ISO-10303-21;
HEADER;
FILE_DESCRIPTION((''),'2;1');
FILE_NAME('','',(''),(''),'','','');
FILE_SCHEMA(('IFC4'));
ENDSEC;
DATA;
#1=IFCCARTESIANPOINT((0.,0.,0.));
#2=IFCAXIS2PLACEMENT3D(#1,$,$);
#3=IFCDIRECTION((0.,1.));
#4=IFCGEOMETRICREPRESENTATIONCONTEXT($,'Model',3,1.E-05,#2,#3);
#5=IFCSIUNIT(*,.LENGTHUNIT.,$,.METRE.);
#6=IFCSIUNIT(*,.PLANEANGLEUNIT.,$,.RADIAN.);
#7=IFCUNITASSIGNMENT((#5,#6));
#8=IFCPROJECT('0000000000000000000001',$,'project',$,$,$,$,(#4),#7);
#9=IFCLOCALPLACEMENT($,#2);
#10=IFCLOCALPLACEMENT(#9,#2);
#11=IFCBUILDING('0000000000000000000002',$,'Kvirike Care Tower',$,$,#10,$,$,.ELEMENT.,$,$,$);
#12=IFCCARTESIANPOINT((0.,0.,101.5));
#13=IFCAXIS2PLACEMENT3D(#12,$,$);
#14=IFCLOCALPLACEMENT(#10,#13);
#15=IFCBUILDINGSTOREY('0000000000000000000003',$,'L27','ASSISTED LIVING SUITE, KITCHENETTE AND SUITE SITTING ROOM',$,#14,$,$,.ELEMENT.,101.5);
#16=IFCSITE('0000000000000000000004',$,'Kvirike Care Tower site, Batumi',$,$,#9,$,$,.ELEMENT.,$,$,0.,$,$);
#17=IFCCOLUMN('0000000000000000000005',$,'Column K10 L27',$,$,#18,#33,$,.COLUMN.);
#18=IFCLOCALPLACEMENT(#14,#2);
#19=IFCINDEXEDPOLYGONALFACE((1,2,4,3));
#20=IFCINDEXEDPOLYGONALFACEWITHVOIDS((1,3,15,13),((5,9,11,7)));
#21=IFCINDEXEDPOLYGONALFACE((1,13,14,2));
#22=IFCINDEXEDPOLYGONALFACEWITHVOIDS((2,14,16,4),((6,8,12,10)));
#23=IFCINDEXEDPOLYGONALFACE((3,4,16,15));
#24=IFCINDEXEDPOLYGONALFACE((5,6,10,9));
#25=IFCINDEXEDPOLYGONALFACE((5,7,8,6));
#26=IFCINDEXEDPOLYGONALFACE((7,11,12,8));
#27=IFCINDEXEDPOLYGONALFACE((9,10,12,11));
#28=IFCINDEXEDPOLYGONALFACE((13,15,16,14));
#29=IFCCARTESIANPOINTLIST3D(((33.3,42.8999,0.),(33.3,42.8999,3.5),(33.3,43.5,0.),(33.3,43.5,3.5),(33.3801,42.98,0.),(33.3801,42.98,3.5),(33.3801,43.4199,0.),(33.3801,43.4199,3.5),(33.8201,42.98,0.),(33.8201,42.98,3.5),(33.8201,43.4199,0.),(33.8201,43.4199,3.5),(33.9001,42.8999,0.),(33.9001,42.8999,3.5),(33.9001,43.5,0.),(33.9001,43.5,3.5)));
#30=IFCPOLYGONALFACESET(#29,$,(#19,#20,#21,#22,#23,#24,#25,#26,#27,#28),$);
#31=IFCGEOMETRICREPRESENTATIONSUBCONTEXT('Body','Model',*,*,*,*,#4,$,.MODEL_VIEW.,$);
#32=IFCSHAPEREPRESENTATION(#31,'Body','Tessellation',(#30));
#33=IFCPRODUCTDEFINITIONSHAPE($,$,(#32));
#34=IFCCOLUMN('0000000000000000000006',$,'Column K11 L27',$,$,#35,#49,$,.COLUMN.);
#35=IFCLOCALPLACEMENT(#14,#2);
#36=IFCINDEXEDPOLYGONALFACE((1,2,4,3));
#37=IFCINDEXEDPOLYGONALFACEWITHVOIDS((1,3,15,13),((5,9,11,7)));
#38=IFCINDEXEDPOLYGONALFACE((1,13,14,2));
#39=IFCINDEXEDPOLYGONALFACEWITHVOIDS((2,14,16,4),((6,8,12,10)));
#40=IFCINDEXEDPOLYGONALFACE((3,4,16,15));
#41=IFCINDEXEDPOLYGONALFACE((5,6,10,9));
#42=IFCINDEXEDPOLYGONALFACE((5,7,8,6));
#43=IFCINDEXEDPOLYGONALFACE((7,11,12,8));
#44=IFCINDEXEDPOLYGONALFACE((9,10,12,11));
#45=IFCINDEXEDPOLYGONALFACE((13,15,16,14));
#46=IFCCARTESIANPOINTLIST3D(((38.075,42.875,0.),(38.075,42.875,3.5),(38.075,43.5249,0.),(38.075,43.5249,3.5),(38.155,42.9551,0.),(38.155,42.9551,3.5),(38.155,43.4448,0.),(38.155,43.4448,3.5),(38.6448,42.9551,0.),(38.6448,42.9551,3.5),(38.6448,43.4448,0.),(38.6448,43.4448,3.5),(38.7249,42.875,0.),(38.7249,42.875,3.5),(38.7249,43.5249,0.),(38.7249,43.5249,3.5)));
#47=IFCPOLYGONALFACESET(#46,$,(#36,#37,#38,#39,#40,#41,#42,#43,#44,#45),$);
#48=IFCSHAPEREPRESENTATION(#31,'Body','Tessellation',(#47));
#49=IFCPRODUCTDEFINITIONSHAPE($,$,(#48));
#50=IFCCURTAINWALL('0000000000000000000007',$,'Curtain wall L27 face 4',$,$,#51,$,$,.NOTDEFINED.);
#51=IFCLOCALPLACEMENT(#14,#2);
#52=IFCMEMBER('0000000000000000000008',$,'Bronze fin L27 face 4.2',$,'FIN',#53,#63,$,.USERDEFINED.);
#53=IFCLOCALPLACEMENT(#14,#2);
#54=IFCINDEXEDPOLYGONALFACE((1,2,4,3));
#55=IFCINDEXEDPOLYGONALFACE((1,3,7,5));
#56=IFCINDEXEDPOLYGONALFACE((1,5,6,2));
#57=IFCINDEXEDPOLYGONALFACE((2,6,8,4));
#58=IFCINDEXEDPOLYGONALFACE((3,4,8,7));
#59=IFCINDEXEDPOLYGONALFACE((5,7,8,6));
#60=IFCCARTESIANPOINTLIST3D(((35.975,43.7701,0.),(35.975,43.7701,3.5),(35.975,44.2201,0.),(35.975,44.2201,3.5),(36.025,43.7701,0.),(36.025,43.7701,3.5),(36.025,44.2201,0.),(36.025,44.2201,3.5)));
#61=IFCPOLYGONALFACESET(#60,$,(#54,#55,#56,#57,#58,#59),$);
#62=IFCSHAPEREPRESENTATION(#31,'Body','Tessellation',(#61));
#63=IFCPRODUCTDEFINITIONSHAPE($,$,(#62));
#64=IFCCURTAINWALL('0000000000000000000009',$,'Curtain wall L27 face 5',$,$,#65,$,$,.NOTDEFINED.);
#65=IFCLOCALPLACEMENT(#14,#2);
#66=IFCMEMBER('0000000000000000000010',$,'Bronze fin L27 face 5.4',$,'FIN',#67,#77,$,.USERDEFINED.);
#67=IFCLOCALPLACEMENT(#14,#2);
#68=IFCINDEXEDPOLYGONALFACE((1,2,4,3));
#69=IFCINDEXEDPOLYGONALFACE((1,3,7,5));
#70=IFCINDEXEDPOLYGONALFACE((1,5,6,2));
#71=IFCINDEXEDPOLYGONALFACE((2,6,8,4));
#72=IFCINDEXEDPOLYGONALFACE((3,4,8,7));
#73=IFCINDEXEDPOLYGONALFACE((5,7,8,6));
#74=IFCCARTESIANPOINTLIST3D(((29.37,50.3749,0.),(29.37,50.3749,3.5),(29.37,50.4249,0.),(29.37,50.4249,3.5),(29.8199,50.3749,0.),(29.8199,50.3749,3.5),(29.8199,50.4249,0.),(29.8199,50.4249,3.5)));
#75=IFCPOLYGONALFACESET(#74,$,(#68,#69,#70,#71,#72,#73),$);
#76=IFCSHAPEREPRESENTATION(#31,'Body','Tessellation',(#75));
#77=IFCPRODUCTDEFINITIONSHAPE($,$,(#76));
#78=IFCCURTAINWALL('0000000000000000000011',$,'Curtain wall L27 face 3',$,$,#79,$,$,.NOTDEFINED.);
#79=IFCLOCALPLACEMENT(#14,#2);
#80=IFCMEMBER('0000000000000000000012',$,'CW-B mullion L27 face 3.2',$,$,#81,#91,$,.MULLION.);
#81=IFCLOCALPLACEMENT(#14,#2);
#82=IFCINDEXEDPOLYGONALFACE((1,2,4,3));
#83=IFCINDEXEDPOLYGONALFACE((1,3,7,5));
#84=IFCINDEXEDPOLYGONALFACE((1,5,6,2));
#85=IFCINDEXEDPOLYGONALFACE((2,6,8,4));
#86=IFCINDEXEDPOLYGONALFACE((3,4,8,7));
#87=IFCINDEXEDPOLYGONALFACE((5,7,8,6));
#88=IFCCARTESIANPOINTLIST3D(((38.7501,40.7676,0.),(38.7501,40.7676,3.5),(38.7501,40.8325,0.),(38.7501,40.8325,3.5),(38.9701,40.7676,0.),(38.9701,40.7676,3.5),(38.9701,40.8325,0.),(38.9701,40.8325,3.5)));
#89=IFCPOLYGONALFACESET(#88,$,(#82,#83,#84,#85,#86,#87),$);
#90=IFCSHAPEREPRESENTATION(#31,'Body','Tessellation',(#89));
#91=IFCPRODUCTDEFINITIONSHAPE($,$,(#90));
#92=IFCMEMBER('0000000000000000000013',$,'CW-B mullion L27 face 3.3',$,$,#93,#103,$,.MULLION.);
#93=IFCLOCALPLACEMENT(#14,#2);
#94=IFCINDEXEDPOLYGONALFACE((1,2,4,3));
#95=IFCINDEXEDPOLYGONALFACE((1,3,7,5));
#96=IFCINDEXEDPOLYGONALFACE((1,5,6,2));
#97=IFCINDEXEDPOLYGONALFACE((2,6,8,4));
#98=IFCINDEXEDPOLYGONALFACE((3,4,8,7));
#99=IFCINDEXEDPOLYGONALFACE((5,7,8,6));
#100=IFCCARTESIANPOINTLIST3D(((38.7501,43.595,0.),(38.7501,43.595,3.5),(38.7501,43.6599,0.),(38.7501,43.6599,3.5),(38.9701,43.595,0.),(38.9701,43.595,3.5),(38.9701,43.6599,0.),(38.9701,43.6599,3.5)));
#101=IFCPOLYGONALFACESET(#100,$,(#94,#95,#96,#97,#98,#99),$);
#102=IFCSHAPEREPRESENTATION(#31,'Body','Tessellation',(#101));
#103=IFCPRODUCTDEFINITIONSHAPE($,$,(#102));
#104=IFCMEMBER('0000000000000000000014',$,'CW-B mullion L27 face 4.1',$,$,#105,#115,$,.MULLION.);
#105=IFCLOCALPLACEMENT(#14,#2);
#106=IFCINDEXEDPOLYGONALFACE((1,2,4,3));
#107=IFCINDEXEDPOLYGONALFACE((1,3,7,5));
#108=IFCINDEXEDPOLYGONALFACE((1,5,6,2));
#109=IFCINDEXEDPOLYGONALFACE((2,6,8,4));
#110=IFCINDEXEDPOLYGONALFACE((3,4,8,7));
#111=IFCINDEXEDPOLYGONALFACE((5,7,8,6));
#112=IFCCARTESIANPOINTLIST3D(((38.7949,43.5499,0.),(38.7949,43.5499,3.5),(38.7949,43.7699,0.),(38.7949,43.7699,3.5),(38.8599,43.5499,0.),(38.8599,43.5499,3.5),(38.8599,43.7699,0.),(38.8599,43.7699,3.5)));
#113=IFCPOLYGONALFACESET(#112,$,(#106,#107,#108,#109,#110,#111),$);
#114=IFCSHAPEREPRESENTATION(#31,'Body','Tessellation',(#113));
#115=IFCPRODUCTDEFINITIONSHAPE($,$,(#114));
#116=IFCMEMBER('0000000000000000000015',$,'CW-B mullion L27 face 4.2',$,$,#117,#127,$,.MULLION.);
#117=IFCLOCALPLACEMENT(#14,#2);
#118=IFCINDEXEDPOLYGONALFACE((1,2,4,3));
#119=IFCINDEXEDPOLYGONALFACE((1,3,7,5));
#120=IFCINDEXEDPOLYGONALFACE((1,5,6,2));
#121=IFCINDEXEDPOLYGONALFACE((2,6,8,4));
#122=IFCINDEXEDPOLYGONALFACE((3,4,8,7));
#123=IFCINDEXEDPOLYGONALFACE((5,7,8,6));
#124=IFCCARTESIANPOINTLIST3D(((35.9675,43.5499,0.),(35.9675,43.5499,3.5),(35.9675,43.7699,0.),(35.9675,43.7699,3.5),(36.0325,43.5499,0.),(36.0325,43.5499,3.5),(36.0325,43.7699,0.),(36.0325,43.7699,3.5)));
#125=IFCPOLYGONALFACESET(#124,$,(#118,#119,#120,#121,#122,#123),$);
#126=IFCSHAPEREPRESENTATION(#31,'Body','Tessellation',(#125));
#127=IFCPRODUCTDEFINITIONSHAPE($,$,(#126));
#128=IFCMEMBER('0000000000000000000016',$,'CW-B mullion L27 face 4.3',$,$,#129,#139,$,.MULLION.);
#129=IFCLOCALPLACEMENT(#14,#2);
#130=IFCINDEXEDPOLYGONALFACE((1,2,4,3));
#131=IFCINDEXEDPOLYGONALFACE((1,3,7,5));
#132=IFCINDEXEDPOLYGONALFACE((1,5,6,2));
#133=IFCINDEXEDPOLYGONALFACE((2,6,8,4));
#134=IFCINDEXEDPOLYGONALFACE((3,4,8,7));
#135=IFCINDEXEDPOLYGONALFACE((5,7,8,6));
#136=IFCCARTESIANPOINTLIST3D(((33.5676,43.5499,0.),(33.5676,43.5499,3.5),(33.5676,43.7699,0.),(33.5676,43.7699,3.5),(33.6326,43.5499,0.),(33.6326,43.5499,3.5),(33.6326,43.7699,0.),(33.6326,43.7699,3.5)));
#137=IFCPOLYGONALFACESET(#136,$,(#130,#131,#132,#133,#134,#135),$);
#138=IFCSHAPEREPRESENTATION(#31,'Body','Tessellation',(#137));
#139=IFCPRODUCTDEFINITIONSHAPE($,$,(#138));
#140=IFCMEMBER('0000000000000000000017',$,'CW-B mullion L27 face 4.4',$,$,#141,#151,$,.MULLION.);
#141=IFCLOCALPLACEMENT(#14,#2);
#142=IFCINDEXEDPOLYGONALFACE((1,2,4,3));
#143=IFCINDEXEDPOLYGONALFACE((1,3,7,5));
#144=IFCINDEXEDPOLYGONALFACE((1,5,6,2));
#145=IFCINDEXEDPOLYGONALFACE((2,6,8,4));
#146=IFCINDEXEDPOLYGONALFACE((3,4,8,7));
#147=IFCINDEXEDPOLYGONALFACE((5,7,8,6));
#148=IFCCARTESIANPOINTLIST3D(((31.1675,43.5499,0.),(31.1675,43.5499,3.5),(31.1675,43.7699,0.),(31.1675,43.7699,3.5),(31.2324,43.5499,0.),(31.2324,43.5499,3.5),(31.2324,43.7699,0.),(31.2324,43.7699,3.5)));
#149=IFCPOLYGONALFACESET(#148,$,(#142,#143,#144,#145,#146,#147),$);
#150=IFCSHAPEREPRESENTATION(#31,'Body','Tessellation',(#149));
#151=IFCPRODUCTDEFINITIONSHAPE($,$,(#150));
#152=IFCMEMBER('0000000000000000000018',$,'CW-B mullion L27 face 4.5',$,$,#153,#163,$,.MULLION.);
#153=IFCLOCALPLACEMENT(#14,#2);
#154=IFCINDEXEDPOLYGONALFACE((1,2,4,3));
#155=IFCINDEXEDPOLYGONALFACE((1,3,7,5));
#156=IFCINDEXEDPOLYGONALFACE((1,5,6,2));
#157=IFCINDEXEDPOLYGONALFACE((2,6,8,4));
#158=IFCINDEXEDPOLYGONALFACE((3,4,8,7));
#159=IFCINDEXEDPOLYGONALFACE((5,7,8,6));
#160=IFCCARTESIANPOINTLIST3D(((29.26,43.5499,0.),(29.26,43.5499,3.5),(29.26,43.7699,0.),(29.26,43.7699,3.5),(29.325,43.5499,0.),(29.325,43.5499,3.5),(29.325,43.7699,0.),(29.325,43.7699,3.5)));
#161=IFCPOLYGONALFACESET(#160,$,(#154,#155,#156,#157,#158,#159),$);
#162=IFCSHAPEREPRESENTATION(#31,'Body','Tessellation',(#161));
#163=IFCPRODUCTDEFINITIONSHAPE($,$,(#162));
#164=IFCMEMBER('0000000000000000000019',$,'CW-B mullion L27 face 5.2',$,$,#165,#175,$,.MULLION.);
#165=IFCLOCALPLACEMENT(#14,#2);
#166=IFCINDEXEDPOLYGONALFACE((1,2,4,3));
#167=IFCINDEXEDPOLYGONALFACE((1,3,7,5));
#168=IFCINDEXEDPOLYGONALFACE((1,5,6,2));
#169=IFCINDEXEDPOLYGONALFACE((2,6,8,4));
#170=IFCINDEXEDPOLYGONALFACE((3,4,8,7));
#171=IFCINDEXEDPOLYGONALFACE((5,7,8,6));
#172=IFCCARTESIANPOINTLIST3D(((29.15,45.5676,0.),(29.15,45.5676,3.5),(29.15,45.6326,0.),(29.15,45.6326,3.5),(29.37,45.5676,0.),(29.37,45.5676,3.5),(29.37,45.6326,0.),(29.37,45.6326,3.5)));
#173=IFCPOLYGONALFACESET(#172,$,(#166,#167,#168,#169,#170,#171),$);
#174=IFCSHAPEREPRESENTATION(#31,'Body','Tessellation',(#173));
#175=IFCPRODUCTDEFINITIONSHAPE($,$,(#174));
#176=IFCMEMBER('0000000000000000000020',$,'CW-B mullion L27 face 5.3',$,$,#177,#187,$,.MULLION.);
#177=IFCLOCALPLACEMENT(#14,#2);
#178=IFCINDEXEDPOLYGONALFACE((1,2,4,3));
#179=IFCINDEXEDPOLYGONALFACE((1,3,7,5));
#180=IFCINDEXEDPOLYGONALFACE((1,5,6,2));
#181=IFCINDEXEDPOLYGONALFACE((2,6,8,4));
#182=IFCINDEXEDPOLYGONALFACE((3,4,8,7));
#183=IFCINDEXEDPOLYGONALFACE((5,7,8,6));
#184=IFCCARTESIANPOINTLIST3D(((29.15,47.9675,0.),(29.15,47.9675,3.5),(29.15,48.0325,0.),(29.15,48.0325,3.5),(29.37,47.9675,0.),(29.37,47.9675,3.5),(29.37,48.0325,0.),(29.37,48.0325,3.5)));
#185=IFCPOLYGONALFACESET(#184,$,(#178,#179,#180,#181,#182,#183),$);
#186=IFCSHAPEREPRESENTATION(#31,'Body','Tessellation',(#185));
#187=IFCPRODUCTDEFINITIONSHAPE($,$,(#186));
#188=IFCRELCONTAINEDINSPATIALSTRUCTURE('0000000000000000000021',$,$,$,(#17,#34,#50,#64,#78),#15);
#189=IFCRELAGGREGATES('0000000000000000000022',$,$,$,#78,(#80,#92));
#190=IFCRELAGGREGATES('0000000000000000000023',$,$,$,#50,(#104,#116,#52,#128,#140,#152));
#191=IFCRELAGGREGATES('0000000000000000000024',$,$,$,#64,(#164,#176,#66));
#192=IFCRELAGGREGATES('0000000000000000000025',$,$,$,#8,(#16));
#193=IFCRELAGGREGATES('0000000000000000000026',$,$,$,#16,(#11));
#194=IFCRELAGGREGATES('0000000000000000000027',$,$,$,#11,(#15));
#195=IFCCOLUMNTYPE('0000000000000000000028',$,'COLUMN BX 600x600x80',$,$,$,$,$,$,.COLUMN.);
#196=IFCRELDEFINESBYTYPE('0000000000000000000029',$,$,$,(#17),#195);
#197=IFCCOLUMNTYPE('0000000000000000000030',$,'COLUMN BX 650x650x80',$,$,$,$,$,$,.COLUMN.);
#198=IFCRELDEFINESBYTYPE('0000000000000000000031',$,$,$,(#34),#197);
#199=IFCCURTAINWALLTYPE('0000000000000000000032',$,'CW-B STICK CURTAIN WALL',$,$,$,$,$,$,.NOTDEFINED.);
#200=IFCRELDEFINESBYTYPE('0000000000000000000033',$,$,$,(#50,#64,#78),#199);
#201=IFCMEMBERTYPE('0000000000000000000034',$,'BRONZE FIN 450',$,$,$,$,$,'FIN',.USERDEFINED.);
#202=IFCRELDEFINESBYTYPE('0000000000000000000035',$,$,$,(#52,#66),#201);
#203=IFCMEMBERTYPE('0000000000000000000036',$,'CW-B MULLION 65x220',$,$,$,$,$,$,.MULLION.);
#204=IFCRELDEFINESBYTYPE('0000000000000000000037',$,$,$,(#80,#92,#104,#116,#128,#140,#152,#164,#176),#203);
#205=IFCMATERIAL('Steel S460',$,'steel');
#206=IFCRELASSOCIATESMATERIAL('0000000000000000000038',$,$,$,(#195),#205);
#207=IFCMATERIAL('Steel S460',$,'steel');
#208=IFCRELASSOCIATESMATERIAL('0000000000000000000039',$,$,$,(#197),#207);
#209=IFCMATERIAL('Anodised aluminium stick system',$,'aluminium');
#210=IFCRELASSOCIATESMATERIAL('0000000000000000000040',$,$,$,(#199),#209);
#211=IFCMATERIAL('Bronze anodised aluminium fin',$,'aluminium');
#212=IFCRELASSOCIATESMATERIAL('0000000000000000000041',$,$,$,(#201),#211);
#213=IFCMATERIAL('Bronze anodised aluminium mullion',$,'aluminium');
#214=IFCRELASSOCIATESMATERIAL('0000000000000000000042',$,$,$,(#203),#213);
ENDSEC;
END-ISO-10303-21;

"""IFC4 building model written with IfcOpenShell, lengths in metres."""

from ifc_helpers import new_model, si_unit, direction, frame, origin, origin_2d, place, context, subcontext, project, spatial, rectangle, hollow_rectangle, extrude, material, material_profile, profile_set, type_object, element, aggregate, save


model = new_model("IFC4")

# Units and contexts
model_context = context("Model", 3, precision=1e-05, world=origin(), true_north=direction((0.0, 1.0)))
body_context = subcontext(model_context, "Body", "Model", "MODEL_VIEW")
ifc_project = project(units=[si_unit("LENGTHUNIT", "METRE"), si_unit("PLANEANGLEUNIT", "RADIAN")], contexts=[model_context])

# Site, building, storey
site_placement = place(None, origin())
site = spatial("IfcSite", under=ifc_project, at=site_placement, Name="Kvirike Care Tower site, Batumi", CompositionType="ELEMENT", RefElevation=0.0)
building_placement = place(site_placement, origin())
building = spatial("IfcBuilding", under=site, at=building_placement, Name="Kvirike Care Tower", CompositionType="ELEMENT")
storey_placement = place(building_placement, frame((0.0, 0.0, 101.5)))
storey = spatial("IfcBuildingStorey", under=building, at=storey_placement, Name="L27", Description="ASSISTED LIVING SUITE, KITCHENETTE AND SUITE SITTING ROOM", CompositionType="ELEMENT", Elevation=101.5)

# Columns
ifc_material_1 = material(Name="Steel S460", Category="steel")
ifc_material_profile_1 = material_profile(ifc_material_1, hollow_rectangle(XDim=0.6001, YDim=0.6001, WallThickness=0.0801, at=origin_2d()), Name="BX 600x600x80")
ifc_profile_set_1 = profile_set([ifc_material_profile_1], Name="Steel S460")
column_type_1 = type_object("IfcColumnType", Name="COLUMN BX 600x600x80", PredefinedType="COLUMN", material=ifc_profile_set_1)
column_1_placement = place(storey_placement, frame((33.6001, 43.2, 0.0), z_axis=(0.0, 0.0, 1.0), x_axis=(0.0, 1.0, 0.0)))
element("IfcColumn", 1, at=column_1_placement, inside=storey, type_object=column_type_1, Name="Column K10 L27", PredefinedType="COLUMN", context=body_context, shape_type="SweptSolid", body=[
    extrude(hollow_rectangle(XDim=0.6001, YDim=0.6001, WallThickness=0.0801, at=origin_2d()), origin(), (0.0, 0.0, 1.0), 3.5),
])
ifc_material_2 = material(Name="Steel S460", Category="steel")
ifc_material_profile_2 = material_profile(ifc_material_2, hollow_rectangle(XDim=0.6499, YDim=0.6499, WallThickness=0.0801, at=origin_2d()), Name="BX 650x650x80")
ifc_profile_set_2 = profile_set([ifc_material_profile_2], Name="Steel S460")
column_type_2 = type_object("IfcColumnType", Name="COLUMN BX 650x650x80", PredefinedType="COLUMN", material=ifc_profile_set_2)
column_2_placement = place(storey_placement, frame((38.3999, 43.2, 0.0), z_axis=(0.0, 0.0, 1.0), x_axis=(0.0, 1.0, 0.0)))
element("IfcColumn", 2, at=column_2_placement, inside=storey, type_object=column_type_2, Name="Column K11 L27", PredefinedType="COLUMN", context=body_context, shape_type="SweptSolid", body=[
    extrude(hollow_rectangle(XDim=0.6499, YDim=0.6499, WallThickness=0.0801, at=origin_2d()), origin(), (0.0, 0.0, 1.0), 3.5),
])

# Curtain walls, members
ifc_material_3 = material(Name="Anodised aluminium stick system", Category="aluminium")
curtain_wall_type = type_object("IfcCurtainWallType", Name="CW-B STICK CURTAIN WALL", PredefinedType="NOTDEFINED", material=ifc_material_3)
curtain_wall_1_placement = place(storey_placement, origin())
curtain_wall_1 = element("IfcCurtainWall", 3, at=curtain_wall_1_placement, inside=storey, type_object=curtain_wall_type, Name="Curtain wall L27 face 4", PredefinedType="NOTDEFINED")
ifc_material_4 = material(Name="Bronze anodised aluminium fin", Category="aluminium")
ifc_material_profile_3 = material_profile(ifc_material_4, rectangle(XDim=0.05, YDim=0.45, at=origin_2d()), Name="BRONZE FIN 450")
ifc_profile_set_3 = profile_set([ifc_material_profile_3], Name="Bronze anodised aluminium fin")
member_type_1 = type_object("IfcMemberType", Name="BRONZE FIN 450", ElementType="FIN", PredefinedType="USERDEFINED", material=ifc_profile_set_3)
member_1_placement = place(storey_placement, frame((36.0, 43.9951, 0.0), z_axis=(0.0, 0.0, 1.0), x_axis=(-1.0, 0.0, 0.0)))
member_1 = element("IfcMember", 4, at=member_1_placement, type_object=member_type_1, Name="Bronze fin L27 face 4.2", ObjectType="FIN", PredefinedType="USERDEFINED", context=body_context, shape_type="SweptSolid", body=[
    extrude(rectangle(XDim=0.05, YDim=0.45, at=origin_2d()), origin(), (0.0, 0.0, 1.0), 3.5),
])
curtain_wall_2_placement = place(storey_placement, origin())
curtain_wall_2 = element("IfcCurtainWall", 5, at=curtain_wall_2_placement, inside=storey, type_object=curtain_wall_type, Name="Curtain wall L27 face 5", PredefinedType="NOTDEFINED")
member_2_placement = place(storey_placement, frame((29.595, 50.3999, 0.0), z_axis=(0.0, 0.0, 1.0), x_axis=(0.0, 1.0, 0.0)))
member_2 = element("IfcMember", 6, at=member_2_placement, type_object=member_type_1, Name="Bronze fin L27 face 5.4", ObjectType="FIN", PredefinedType="USERDEFINED", context=body_context, shape_type="SweptSolid", body=[
    extrude(rectangle(XDim=0.05, YDim=0.45, at=origin_2d()), origin(), (0.0, 0.0, 1.0), 3.5),
])

# Curtain wall, members
curtain_wall_3_placement = place(storey_placement, origin())
curtain_wall_3 = element("IfcCurtainWall", 7, at=curtain_wall_3_placement, inside=storey, type_object=curtain_wall_type, Name="Curtain wall L27 face 3", PredefinedType="NOTDEFINED")
ifc_material_5 = material(Name="Bronze anodised aluminium mullion", Category="aluminium")
ifc_material_profile_4 = material_profile(ifc_material_5, rectangle(XDim=0.0649, YDim=0.22, at=origin_2d()), Name="CW-B MULLION 65x220")
ifc_profile_set_4 = profile_set([ifc_material_profile_4], Name="Bronze anodised aluminium mullion")
member_type_2 = type_object("IfcMemberType", Name="CW-B MULLION 65x220", PredefinedType="MULLION", material=ifc_profile_set_4)
member_3_placement = place(storey_placement, frame((38.8601, 40.8, 0.0), z_axis=(0.0, 0.0, 1.0), x_axis=(0.0, 1.0, 0.0)))
member_3 = element("IfcMember", 8, at=member_3_placement, type_object=member_type_2, Name="CW-B mullion L27 face 3.2", PredefinedType="MULLION", context=body_context, shape_type="SweptSolid", body=[
    extrude(rectangle(XDim=0.0649, YDim=0.22, at=origin_2d()), origin(), (0.0, 0.0, 1.0), 3.5),
])
member_4_placement = place(storey_placement, frame((38.8601, 43.6274, 0.0), z_axis=(0.0, 0.0, 1.0), x_axis=(0.0, 1.0, 0.0)))
member_4 = element("IfcMember", 9, at=member_4_placement, type_object=member_type_2, Name="CW-B mullion L27 face 3.3", PredefinedType="MULLION", context=body_context, shape_type="SweptSolid", body=[
    extrude(rectangle(XDim=0.0649, YDim=0.22, at=origin_2d()), origin(), (0.0, 0.0, 1.0), 3.5),
])

# Members
member_5_placement = place(storey_placement, frame((38.8274, 43.6599, 0.0), z_axis=(0.0, 0.0, 1.0), x_axis=(-1.0, 0.0, 0.0)))
member_5 = element("IfcMember", 10, at=member_5_placement, type_object=member_type_2, Name="CW-B mullion L27 face 4.1", PredefinedType="MULLION", context=body_context, shape_type="SweptSolid", body=[
    extrude(rectangle(XDim=0.0649, YDim=0.22, at=origin_2d()), origin(), (0.0, 0.0, 1.0), 3.5),
])
member_6_placement = place(storey_placement, frame((36.0, 43.6599, 0.0), z_axis=(0.0, 0.0, 1.0), x_axis=(-1.0, 0.0, 0.0)))
member_6 = element("IfcMember", 11, at=member_6_placement, type_object=member_type_2, Name="CW-B mullion L27 face 4.2", PredefinedType="MULLION", context=body_context, shape_type="SweptSolid", body=[
    extrude(rectangle(XDim=0.0649, YDim=0.22, at=origin_2d()), origin(), (0.0, 0.0, 1.0), 3.5),
])
member_7_placement = place(storey_placement, frame((33.6001, 43.6599, 0.0), z_axis=(0.0, 0.0, 1.0), x_axis=(-1.0, 0.0, 0.0)))
member_7 = element("IfcMember", 12, at=member_7_placement, type_object=member_type_2, Name="CW-B mullion L27 face 4.3", PredefinedType="MULLION", context=body_context, shape_type="SweptSolid", body=[
    extrude(rectangle(XDim=0.0649, YDim=0.22, at=origin_2d()), origin(), (0.0, 0.0, 1.0), 3.5),
])
member_8_placement = place(storey_placement, frame((31.2, 43.6599, 0.0), z_axis=(0.0, 0.0, 1.0), x_axis=(-1.0, 0.0, 0.0)))
member_8 = element("IfcMember", 13, at=member_8_placement, type_object=member_type_2, Name="CW-B mullion L27 face 4.4", PredefinedType="MULLION", context=body_context, shape_type="SweptSolid", body=[
    extrude(rectangle(XDim=0.0649, YDim=0.22, at=origin_2d()), origin(), (0.0, 0.0, 1.0), 3.5),
])
member_9_placement = place(storey_placement, frame((29.2925, 43.6599, 0.0), z_axis=(0.0, 0.0, 1.0), x_axis=(-1.0, 0.0, 0.0)))
member_9 = element("IfcMember", 14, at=member_9_placement, type_object=member_type_2, Name="CW-B mullion L27 face 4.5", PredefinedType="MULLION", context=body_context, shape_type="SweptSolid", body=[
    extrude(rectangle(XDim=0.0649, YDim=0.22, at=origin_2d()), origin(), (0.0, 0.0, 1.0), 3.5),
])
member_10_placement = place(storey_placement, frame((29.26, 45.6001, 0.0), z_axis=(0.0, 0.0, 1.0), x_axis=(0.0, 1.0, 0.0)))
member_10 = element("IfcMember", 15, at=member_10_placement, type_object=member_type_2, Name="CW-B mullion L27 face 5.2", PredefinedType="MULLION", context=body_context, shape_type="SweptSolid", body=[
    extrude(rectangle(XDim=0.0649, YDim=0.22, at=origin_2d()), origin(), (0.0, 0.0, 1.0), 3.5),
])
member_11_placement = place(storey_placement, frame((29.26, 48.0, 0.0), z_axis=(0.0, 0.0, 1.0), x_axis=(0.0, 1.0, 0.0)))
member_11 = element("IfcMember", 16, at=member_11_placement, type_object=member_type_2, Name="CW-B mullion L27 face 5.3", PredefinedType="MULLION", context=body_context, shape_type="SweptSolid", body=[
    extrude(rectangle(XDim=0.0649, YDim=0.22, at=origin_2d()), origin(), (0.0, 0.0, 1.0), 3.5),
])

aggregate(curtain_wall_3, [member_3, member_4])
aggregate(curtain_wall_1, [member_5, member_6, member_1, member_7, member_8, member_9])
aggregate(curtain_wall_2, [member_10, member_11, member_2])

save(model, "model.ifc")
